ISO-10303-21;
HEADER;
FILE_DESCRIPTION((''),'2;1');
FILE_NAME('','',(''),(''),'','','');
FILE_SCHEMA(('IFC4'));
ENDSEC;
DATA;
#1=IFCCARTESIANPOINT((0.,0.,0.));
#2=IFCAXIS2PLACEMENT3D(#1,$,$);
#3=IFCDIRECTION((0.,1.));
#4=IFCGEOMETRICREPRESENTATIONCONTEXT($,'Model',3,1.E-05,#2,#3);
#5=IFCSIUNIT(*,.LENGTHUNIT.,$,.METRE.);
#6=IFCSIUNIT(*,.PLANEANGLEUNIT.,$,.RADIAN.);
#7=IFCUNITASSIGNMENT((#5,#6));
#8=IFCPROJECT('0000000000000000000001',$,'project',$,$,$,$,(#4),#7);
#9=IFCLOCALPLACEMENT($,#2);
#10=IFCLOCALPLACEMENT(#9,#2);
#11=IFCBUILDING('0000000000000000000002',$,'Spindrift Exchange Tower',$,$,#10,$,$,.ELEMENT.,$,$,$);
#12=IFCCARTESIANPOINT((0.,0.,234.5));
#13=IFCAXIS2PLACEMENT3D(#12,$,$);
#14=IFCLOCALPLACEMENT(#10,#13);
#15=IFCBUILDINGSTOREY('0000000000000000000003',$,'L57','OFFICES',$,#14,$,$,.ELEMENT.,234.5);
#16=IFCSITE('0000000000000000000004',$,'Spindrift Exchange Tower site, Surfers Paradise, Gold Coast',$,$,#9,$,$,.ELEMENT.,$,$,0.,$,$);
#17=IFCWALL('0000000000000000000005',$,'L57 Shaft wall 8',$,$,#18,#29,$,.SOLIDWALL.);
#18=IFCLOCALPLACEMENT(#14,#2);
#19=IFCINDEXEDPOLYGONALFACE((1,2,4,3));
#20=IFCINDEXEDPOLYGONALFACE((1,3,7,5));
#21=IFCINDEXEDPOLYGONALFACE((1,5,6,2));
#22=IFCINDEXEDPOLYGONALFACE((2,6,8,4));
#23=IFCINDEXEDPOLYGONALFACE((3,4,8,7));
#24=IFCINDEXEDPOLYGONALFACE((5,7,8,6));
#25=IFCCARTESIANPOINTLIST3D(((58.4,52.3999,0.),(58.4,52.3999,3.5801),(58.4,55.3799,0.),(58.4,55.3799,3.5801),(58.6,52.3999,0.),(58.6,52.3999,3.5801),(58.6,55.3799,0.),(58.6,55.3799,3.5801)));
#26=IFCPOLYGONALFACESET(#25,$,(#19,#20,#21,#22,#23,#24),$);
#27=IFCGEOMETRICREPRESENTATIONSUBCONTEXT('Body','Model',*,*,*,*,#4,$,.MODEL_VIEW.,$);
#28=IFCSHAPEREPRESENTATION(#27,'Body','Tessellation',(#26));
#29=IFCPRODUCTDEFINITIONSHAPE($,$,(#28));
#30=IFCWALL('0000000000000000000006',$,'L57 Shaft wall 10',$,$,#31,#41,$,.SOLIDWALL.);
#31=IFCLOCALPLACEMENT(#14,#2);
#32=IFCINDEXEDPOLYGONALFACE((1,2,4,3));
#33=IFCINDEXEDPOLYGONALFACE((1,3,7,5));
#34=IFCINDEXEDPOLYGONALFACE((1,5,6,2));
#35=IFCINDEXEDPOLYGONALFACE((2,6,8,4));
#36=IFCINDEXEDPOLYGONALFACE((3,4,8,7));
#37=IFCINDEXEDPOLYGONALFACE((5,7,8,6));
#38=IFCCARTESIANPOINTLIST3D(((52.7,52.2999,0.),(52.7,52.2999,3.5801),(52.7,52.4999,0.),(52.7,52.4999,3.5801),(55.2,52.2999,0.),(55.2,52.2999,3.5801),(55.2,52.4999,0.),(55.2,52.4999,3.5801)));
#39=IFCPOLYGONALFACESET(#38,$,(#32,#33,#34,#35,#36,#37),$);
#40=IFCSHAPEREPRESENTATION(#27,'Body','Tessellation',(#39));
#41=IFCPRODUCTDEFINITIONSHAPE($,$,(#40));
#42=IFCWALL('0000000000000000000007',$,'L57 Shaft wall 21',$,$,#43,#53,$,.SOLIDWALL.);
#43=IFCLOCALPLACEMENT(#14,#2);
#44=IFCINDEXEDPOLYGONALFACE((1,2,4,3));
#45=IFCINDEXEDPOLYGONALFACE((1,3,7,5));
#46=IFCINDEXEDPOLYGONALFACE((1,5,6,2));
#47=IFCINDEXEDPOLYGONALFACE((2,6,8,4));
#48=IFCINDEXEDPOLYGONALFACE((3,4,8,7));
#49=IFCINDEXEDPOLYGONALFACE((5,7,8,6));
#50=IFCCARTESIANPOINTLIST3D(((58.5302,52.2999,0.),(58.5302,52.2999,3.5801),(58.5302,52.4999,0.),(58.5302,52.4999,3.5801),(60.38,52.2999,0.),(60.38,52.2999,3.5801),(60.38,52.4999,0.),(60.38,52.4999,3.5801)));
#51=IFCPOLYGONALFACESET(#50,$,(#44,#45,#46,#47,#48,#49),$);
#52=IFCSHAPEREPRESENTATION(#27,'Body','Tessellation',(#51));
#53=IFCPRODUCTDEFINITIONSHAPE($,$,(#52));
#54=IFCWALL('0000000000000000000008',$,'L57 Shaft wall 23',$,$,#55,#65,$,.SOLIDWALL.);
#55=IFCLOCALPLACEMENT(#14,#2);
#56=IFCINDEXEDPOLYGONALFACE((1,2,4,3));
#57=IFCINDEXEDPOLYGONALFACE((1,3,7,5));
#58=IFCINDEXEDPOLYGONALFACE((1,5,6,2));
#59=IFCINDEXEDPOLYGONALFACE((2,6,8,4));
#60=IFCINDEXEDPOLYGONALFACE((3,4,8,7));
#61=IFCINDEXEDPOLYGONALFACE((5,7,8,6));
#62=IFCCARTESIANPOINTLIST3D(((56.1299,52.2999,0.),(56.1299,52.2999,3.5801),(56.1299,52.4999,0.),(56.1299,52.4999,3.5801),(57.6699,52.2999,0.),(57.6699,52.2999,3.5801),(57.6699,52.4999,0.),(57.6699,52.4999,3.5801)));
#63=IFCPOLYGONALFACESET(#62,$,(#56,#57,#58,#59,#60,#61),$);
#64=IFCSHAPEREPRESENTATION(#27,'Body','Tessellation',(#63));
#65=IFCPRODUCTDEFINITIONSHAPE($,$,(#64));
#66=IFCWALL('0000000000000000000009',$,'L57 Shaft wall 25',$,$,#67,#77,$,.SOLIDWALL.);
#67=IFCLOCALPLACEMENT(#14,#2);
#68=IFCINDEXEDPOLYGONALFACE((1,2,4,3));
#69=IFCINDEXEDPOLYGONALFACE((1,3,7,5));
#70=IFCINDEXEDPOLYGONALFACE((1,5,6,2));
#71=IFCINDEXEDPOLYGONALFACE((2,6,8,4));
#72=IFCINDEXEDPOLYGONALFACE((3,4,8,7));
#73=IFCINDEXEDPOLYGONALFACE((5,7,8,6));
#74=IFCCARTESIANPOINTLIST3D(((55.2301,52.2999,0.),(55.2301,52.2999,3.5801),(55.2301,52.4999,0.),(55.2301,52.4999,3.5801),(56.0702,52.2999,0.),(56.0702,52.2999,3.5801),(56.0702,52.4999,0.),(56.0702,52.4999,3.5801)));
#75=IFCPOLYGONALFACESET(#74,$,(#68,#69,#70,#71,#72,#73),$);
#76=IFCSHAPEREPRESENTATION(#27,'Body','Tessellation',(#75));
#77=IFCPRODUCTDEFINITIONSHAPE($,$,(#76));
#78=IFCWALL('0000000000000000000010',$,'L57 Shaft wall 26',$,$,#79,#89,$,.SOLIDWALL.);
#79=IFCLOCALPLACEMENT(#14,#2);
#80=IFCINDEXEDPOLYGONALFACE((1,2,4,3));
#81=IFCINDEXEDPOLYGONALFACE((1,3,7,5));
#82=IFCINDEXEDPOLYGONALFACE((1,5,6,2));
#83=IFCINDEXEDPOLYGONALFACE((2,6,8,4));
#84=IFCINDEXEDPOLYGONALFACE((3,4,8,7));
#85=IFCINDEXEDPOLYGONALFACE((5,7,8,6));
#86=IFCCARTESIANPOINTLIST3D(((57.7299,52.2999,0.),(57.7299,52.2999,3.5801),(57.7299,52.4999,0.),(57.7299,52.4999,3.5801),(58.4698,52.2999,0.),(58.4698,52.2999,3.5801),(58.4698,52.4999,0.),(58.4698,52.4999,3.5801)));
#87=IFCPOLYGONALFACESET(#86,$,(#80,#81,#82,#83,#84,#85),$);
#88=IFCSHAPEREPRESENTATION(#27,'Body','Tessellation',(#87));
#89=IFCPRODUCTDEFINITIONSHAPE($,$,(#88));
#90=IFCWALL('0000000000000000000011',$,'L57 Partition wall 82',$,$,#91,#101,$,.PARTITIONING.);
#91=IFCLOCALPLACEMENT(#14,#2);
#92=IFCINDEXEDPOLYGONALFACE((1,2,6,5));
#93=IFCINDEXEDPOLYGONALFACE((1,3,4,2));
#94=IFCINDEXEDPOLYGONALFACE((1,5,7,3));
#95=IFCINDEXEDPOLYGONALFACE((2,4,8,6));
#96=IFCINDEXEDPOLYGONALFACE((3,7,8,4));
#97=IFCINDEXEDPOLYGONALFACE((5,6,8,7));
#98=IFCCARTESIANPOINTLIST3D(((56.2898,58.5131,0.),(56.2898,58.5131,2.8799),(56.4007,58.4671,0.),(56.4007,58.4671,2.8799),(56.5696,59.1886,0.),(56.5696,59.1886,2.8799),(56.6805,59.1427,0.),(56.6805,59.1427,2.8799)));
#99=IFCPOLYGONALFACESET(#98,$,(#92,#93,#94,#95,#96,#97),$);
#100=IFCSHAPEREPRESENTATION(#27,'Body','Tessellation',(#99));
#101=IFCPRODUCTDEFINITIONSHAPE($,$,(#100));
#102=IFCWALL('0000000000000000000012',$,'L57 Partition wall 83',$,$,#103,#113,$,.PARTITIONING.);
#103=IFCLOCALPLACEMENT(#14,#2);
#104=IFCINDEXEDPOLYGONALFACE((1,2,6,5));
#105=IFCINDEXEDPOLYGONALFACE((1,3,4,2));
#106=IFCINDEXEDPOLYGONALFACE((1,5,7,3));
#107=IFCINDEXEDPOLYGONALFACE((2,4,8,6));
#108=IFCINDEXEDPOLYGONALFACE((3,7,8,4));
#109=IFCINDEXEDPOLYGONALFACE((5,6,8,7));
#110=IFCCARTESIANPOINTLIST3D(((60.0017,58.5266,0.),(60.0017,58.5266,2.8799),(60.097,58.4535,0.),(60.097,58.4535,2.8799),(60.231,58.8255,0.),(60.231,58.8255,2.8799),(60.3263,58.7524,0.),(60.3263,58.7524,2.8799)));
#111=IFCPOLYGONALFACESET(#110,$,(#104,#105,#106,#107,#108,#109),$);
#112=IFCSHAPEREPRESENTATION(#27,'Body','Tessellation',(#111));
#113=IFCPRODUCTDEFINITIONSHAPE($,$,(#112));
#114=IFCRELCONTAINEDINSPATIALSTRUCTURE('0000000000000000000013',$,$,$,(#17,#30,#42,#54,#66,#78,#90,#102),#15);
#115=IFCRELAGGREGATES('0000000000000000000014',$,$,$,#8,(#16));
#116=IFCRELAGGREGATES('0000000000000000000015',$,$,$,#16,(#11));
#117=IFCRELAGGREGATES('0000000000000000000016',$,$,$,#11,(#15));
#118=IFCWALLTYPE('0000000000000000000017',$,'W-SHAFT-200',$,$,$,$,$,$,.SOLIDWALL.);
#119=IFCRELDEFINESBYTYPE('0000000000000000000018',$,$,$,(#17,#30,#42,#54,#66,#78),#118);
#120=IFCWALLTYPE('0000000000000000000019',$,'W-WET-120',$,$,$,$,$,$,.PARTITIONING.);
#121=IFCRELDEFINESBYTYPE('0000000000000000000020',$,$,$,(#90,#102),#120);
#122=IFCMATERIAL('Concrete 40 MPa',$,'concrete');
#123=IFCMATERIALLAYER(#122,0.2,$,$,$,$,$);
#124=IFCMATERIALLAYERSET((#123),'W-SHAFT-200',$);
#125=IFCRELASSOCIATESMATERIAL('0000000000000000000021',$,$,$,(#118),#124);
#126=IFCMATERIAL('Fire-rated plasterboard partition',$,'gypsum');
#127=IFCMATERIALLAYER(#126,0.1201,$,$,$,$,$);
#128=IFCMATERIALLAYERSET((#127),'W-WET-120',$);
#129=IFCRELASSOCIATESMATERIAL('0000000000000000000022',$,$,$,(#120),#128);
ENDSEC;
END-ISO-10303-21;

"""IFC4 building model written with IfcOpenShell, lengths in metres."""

from ifc_helpers import new_model, si_unit, direction, frame, frame_2d, origin, place, context, subcontext, project, spatial, rectangle, extrude, material, layer, layer_set, type_object, element, save


model = new_model("IFC4")

# Units and contexts
model_context = context("Model", 3, precision=1e-05, world=origin(), true_north=direction((0.0, 1.0)))
body_context = subcontext(model_context, "Body", "Model", "MODEL_VIEW")
ifc_project = project(units=[si_unit("LENGTHUNIT", "METRE"), si_unit("PLANEANGLEUNIT", "RADIAN")], contexts=[model_context])

# Site, building, storey
site_placement = place(None, origin())
site = spatial("IfcSite", under=ifc_project, at=site_placement, Name="Spindrift Exchange Tower site, Surfers Paradise, Gold Coast", CompositionType="ELEMENT", RefElevation=0.0)
building_placement = place(site_placement, origin())
building = spatial("IfcBuilding", under=site, at=building_placement, Name="Spindrift Exchange Tower", CompositionType="ELEMENT")
storey_placement = place(building_placement, frame((0.0, 0.0, 234.5)))
storey = spatial("IfcBuildingStorey", under=building, at=storey_placement, Name="L57", Description="OFFICES", CompositionType="ELEMENT", Elevation=234.5)

# Shared definitions
ifc_material_1 = material(Name="Fire-rated plasterboard partition", Category="gypsum")

# Shared definitions
ifc_material_2 = material(Name="Concrete 40 MPa", Category="concrete")
ifc_layer_1 = layer(ifc_material_2, 0.2)
ifc_layer_set_1 = layer_set([ifc_layer_1], Name="W-SHAFT-200")
wall_type_1 = type_object("IfcWallType", Name="W-SHAFT-200", PredefinedType="SOLIDWALL", material=ifc_layer_set_1)

# Walls
wall_1_placement = place(storey_placement, frame((58.5, 52.3999, 0.0), z_axis=(0.0, 0.0, 1.0), x_axis=(0.0, 1.0, 0.0)))
element("IfcWall", 1, at=wall_1_placement, inside=storey, type_object=wall_type_1, Name="L57 Shaft wall 8", PredefinedType="SOLIDWALL", context=body_context, shape_type="SweptSolid", body=[
    extrude(rectangle(XDim=2.98, YDim=0.2, at=frame_2d((1.49, 0.0))), origin(), (0.0, 0.0, 1.0), 3.5801),
])
wall_2_placement = place(storey_placement, frame((55.2, 52.3999, 0.0), z_axis=(0.0, 0.0, 1.0), x_axis=(-1.0, 0.0, 0.0)))
element("IfcWall", 2, at=wall_2_placement, inside=storey, type_object=wall_type_1, Name="L57 Shaft wall 10", PredefinedType="SOLIDWALL", context=body_context, shape_type="SweptSolid", body=[
    extrude(rectangle(XDim=2.5, YDim=0.2, at=frame_2d((1.25, 0.0))), origin(), (0.0, 0.0, 1.0), 3.5801),
])
wall_3_placement = place(storey_placement, frame((60.3799, 52.3999, 0.0), z_axis=(0.0, 0.0, 1.0), x_axis=(-1.0, 0.0, 0.0)))
element("IfcWall", 3, at=wall_3_placement, inside=storey, type_object=wall_type_1, Name="L57 Shaft wall 21", PredefinedType="SOLIDWALL", context=body_context, shape_type="SweptSolid", body=[
    extrude(rectangle(XDim=1.8499, YDim=0.2, at=frame_2d((0.9248, 0.0))), origin(), (0.0, 0.0, 1.0), 3.5801),
])
wall_4_placement = place(storey_placement, frame((57.6699, 52.3999, 0.0), z_axis=(0.0, 0.0, 1.0), x_axis=(-1.0, 0.0, 0.0)))
element("IfcWall", 4, at=wall_4_placement, inside=storey, type_object=wall_type_1, Name="L57 Shaft wall 23", PredefinedType="SOLIDWALL", context=body_context, shape_type="SweptSolid", body=[
    extrude(rectangle(XDim=1.54, YDim=0.2, at=frame_2d((0.77, 0.0))), origin(), (0.0, 0.0, 1.0), 3.5801),
])
wall_5_placement = place(storey_placement, frame((56.0701, 52.3999, 0.0), z_axis=(0.0, 0.0, 1.0), x_axis=(-1.0, 0.0, 0.0)))
element("IfcWall", 5, at=wall_5_placement, inside=storey, type_object=wall_type_1, Name="L57 Shaft wall 25", PredefinedType="SOLIDWALL", context=body_context, shape_type="SweptSolid", body=[
    extrude(rectangle(XDim=0.8401, YDim=0.2, at=frame_2d((0.4199, 0.0))), origin(), (0.0, 0.0, 1.0), 3.5801),
])
wall_6_placement = place(storey_placement, frame((58.47, 52.3999, 0.0), z_axis=(0.0, 0.0, 1.0), x_axis=(-1.0, 0.0, 0.0)))
element("IfcWall", 6, at=wall_6_placement, inside=storey, type_object=wall_type_1, Name="L57 Shaft wall 26", PredefinedType="SOLIDWALL", context=body_context, shape_type="SweptSolid", body=[
    extrude(rectangle(XDim=0.74, YDim=0.2, at=frame_2d((0.3701, 0.0))), origin(), (0.0, 0.0, 1.0), 3.5801),
])
ifc_layer_2 = layer(ifc_material_1, 0.1201)
ifc_layer_set_2 = layer_set([ifc_layer_2], Name="W-WET-120")
wall_type_2 = type_object("IfcWallType", Name="W-WET-120", PredefinedType="PARTITIONING", material=ifc_layer_set_2)
wall_7_placement = place(storey_placement, frame((56.3452, 58.49, 0.0), z_axis=(0.0, 0.0, 1.0), x_axis=(0.382647, 0.923895, 0.0)))
element("IfcWall", 7, at=wall_7_placement, inside=storey, type_object=wall_type_2, Name="L57 Partition wall 82", PredefinedType="PARTITIONING", context=body_context, shape_type="SweptSolid", body=[
    extrude(rectangle(XDim=0.7312, YDim=0.1201, at=frame_2d((0.3657, 0.0))), origin(), (0.0, 0.0, 1.0), 2.8799),
])
wall_8_placement = place(storey_placement, frame((60.0493, 58.49, 0.0), z_axis=(0.0, 0.0, 1.0), x_axis=(0.608676, 0.793419, 0.0)))
element("IfcWall", 8, at=wall_8_placement, inside=storey, type_object=wall_type_2, Name="L57 Partition wall 83", PredefinedType="PARTITIONING", context=body_context, shape_type="SweptSolid", body=[
    extrude(rectangle(XDim=0.3767, YDim=0.1201, at=frame_2d((0.1885, 0.0))), origin(), (0.0, 0.0, 1.0), 2.8799),
])

save(model, "model.ifc")
